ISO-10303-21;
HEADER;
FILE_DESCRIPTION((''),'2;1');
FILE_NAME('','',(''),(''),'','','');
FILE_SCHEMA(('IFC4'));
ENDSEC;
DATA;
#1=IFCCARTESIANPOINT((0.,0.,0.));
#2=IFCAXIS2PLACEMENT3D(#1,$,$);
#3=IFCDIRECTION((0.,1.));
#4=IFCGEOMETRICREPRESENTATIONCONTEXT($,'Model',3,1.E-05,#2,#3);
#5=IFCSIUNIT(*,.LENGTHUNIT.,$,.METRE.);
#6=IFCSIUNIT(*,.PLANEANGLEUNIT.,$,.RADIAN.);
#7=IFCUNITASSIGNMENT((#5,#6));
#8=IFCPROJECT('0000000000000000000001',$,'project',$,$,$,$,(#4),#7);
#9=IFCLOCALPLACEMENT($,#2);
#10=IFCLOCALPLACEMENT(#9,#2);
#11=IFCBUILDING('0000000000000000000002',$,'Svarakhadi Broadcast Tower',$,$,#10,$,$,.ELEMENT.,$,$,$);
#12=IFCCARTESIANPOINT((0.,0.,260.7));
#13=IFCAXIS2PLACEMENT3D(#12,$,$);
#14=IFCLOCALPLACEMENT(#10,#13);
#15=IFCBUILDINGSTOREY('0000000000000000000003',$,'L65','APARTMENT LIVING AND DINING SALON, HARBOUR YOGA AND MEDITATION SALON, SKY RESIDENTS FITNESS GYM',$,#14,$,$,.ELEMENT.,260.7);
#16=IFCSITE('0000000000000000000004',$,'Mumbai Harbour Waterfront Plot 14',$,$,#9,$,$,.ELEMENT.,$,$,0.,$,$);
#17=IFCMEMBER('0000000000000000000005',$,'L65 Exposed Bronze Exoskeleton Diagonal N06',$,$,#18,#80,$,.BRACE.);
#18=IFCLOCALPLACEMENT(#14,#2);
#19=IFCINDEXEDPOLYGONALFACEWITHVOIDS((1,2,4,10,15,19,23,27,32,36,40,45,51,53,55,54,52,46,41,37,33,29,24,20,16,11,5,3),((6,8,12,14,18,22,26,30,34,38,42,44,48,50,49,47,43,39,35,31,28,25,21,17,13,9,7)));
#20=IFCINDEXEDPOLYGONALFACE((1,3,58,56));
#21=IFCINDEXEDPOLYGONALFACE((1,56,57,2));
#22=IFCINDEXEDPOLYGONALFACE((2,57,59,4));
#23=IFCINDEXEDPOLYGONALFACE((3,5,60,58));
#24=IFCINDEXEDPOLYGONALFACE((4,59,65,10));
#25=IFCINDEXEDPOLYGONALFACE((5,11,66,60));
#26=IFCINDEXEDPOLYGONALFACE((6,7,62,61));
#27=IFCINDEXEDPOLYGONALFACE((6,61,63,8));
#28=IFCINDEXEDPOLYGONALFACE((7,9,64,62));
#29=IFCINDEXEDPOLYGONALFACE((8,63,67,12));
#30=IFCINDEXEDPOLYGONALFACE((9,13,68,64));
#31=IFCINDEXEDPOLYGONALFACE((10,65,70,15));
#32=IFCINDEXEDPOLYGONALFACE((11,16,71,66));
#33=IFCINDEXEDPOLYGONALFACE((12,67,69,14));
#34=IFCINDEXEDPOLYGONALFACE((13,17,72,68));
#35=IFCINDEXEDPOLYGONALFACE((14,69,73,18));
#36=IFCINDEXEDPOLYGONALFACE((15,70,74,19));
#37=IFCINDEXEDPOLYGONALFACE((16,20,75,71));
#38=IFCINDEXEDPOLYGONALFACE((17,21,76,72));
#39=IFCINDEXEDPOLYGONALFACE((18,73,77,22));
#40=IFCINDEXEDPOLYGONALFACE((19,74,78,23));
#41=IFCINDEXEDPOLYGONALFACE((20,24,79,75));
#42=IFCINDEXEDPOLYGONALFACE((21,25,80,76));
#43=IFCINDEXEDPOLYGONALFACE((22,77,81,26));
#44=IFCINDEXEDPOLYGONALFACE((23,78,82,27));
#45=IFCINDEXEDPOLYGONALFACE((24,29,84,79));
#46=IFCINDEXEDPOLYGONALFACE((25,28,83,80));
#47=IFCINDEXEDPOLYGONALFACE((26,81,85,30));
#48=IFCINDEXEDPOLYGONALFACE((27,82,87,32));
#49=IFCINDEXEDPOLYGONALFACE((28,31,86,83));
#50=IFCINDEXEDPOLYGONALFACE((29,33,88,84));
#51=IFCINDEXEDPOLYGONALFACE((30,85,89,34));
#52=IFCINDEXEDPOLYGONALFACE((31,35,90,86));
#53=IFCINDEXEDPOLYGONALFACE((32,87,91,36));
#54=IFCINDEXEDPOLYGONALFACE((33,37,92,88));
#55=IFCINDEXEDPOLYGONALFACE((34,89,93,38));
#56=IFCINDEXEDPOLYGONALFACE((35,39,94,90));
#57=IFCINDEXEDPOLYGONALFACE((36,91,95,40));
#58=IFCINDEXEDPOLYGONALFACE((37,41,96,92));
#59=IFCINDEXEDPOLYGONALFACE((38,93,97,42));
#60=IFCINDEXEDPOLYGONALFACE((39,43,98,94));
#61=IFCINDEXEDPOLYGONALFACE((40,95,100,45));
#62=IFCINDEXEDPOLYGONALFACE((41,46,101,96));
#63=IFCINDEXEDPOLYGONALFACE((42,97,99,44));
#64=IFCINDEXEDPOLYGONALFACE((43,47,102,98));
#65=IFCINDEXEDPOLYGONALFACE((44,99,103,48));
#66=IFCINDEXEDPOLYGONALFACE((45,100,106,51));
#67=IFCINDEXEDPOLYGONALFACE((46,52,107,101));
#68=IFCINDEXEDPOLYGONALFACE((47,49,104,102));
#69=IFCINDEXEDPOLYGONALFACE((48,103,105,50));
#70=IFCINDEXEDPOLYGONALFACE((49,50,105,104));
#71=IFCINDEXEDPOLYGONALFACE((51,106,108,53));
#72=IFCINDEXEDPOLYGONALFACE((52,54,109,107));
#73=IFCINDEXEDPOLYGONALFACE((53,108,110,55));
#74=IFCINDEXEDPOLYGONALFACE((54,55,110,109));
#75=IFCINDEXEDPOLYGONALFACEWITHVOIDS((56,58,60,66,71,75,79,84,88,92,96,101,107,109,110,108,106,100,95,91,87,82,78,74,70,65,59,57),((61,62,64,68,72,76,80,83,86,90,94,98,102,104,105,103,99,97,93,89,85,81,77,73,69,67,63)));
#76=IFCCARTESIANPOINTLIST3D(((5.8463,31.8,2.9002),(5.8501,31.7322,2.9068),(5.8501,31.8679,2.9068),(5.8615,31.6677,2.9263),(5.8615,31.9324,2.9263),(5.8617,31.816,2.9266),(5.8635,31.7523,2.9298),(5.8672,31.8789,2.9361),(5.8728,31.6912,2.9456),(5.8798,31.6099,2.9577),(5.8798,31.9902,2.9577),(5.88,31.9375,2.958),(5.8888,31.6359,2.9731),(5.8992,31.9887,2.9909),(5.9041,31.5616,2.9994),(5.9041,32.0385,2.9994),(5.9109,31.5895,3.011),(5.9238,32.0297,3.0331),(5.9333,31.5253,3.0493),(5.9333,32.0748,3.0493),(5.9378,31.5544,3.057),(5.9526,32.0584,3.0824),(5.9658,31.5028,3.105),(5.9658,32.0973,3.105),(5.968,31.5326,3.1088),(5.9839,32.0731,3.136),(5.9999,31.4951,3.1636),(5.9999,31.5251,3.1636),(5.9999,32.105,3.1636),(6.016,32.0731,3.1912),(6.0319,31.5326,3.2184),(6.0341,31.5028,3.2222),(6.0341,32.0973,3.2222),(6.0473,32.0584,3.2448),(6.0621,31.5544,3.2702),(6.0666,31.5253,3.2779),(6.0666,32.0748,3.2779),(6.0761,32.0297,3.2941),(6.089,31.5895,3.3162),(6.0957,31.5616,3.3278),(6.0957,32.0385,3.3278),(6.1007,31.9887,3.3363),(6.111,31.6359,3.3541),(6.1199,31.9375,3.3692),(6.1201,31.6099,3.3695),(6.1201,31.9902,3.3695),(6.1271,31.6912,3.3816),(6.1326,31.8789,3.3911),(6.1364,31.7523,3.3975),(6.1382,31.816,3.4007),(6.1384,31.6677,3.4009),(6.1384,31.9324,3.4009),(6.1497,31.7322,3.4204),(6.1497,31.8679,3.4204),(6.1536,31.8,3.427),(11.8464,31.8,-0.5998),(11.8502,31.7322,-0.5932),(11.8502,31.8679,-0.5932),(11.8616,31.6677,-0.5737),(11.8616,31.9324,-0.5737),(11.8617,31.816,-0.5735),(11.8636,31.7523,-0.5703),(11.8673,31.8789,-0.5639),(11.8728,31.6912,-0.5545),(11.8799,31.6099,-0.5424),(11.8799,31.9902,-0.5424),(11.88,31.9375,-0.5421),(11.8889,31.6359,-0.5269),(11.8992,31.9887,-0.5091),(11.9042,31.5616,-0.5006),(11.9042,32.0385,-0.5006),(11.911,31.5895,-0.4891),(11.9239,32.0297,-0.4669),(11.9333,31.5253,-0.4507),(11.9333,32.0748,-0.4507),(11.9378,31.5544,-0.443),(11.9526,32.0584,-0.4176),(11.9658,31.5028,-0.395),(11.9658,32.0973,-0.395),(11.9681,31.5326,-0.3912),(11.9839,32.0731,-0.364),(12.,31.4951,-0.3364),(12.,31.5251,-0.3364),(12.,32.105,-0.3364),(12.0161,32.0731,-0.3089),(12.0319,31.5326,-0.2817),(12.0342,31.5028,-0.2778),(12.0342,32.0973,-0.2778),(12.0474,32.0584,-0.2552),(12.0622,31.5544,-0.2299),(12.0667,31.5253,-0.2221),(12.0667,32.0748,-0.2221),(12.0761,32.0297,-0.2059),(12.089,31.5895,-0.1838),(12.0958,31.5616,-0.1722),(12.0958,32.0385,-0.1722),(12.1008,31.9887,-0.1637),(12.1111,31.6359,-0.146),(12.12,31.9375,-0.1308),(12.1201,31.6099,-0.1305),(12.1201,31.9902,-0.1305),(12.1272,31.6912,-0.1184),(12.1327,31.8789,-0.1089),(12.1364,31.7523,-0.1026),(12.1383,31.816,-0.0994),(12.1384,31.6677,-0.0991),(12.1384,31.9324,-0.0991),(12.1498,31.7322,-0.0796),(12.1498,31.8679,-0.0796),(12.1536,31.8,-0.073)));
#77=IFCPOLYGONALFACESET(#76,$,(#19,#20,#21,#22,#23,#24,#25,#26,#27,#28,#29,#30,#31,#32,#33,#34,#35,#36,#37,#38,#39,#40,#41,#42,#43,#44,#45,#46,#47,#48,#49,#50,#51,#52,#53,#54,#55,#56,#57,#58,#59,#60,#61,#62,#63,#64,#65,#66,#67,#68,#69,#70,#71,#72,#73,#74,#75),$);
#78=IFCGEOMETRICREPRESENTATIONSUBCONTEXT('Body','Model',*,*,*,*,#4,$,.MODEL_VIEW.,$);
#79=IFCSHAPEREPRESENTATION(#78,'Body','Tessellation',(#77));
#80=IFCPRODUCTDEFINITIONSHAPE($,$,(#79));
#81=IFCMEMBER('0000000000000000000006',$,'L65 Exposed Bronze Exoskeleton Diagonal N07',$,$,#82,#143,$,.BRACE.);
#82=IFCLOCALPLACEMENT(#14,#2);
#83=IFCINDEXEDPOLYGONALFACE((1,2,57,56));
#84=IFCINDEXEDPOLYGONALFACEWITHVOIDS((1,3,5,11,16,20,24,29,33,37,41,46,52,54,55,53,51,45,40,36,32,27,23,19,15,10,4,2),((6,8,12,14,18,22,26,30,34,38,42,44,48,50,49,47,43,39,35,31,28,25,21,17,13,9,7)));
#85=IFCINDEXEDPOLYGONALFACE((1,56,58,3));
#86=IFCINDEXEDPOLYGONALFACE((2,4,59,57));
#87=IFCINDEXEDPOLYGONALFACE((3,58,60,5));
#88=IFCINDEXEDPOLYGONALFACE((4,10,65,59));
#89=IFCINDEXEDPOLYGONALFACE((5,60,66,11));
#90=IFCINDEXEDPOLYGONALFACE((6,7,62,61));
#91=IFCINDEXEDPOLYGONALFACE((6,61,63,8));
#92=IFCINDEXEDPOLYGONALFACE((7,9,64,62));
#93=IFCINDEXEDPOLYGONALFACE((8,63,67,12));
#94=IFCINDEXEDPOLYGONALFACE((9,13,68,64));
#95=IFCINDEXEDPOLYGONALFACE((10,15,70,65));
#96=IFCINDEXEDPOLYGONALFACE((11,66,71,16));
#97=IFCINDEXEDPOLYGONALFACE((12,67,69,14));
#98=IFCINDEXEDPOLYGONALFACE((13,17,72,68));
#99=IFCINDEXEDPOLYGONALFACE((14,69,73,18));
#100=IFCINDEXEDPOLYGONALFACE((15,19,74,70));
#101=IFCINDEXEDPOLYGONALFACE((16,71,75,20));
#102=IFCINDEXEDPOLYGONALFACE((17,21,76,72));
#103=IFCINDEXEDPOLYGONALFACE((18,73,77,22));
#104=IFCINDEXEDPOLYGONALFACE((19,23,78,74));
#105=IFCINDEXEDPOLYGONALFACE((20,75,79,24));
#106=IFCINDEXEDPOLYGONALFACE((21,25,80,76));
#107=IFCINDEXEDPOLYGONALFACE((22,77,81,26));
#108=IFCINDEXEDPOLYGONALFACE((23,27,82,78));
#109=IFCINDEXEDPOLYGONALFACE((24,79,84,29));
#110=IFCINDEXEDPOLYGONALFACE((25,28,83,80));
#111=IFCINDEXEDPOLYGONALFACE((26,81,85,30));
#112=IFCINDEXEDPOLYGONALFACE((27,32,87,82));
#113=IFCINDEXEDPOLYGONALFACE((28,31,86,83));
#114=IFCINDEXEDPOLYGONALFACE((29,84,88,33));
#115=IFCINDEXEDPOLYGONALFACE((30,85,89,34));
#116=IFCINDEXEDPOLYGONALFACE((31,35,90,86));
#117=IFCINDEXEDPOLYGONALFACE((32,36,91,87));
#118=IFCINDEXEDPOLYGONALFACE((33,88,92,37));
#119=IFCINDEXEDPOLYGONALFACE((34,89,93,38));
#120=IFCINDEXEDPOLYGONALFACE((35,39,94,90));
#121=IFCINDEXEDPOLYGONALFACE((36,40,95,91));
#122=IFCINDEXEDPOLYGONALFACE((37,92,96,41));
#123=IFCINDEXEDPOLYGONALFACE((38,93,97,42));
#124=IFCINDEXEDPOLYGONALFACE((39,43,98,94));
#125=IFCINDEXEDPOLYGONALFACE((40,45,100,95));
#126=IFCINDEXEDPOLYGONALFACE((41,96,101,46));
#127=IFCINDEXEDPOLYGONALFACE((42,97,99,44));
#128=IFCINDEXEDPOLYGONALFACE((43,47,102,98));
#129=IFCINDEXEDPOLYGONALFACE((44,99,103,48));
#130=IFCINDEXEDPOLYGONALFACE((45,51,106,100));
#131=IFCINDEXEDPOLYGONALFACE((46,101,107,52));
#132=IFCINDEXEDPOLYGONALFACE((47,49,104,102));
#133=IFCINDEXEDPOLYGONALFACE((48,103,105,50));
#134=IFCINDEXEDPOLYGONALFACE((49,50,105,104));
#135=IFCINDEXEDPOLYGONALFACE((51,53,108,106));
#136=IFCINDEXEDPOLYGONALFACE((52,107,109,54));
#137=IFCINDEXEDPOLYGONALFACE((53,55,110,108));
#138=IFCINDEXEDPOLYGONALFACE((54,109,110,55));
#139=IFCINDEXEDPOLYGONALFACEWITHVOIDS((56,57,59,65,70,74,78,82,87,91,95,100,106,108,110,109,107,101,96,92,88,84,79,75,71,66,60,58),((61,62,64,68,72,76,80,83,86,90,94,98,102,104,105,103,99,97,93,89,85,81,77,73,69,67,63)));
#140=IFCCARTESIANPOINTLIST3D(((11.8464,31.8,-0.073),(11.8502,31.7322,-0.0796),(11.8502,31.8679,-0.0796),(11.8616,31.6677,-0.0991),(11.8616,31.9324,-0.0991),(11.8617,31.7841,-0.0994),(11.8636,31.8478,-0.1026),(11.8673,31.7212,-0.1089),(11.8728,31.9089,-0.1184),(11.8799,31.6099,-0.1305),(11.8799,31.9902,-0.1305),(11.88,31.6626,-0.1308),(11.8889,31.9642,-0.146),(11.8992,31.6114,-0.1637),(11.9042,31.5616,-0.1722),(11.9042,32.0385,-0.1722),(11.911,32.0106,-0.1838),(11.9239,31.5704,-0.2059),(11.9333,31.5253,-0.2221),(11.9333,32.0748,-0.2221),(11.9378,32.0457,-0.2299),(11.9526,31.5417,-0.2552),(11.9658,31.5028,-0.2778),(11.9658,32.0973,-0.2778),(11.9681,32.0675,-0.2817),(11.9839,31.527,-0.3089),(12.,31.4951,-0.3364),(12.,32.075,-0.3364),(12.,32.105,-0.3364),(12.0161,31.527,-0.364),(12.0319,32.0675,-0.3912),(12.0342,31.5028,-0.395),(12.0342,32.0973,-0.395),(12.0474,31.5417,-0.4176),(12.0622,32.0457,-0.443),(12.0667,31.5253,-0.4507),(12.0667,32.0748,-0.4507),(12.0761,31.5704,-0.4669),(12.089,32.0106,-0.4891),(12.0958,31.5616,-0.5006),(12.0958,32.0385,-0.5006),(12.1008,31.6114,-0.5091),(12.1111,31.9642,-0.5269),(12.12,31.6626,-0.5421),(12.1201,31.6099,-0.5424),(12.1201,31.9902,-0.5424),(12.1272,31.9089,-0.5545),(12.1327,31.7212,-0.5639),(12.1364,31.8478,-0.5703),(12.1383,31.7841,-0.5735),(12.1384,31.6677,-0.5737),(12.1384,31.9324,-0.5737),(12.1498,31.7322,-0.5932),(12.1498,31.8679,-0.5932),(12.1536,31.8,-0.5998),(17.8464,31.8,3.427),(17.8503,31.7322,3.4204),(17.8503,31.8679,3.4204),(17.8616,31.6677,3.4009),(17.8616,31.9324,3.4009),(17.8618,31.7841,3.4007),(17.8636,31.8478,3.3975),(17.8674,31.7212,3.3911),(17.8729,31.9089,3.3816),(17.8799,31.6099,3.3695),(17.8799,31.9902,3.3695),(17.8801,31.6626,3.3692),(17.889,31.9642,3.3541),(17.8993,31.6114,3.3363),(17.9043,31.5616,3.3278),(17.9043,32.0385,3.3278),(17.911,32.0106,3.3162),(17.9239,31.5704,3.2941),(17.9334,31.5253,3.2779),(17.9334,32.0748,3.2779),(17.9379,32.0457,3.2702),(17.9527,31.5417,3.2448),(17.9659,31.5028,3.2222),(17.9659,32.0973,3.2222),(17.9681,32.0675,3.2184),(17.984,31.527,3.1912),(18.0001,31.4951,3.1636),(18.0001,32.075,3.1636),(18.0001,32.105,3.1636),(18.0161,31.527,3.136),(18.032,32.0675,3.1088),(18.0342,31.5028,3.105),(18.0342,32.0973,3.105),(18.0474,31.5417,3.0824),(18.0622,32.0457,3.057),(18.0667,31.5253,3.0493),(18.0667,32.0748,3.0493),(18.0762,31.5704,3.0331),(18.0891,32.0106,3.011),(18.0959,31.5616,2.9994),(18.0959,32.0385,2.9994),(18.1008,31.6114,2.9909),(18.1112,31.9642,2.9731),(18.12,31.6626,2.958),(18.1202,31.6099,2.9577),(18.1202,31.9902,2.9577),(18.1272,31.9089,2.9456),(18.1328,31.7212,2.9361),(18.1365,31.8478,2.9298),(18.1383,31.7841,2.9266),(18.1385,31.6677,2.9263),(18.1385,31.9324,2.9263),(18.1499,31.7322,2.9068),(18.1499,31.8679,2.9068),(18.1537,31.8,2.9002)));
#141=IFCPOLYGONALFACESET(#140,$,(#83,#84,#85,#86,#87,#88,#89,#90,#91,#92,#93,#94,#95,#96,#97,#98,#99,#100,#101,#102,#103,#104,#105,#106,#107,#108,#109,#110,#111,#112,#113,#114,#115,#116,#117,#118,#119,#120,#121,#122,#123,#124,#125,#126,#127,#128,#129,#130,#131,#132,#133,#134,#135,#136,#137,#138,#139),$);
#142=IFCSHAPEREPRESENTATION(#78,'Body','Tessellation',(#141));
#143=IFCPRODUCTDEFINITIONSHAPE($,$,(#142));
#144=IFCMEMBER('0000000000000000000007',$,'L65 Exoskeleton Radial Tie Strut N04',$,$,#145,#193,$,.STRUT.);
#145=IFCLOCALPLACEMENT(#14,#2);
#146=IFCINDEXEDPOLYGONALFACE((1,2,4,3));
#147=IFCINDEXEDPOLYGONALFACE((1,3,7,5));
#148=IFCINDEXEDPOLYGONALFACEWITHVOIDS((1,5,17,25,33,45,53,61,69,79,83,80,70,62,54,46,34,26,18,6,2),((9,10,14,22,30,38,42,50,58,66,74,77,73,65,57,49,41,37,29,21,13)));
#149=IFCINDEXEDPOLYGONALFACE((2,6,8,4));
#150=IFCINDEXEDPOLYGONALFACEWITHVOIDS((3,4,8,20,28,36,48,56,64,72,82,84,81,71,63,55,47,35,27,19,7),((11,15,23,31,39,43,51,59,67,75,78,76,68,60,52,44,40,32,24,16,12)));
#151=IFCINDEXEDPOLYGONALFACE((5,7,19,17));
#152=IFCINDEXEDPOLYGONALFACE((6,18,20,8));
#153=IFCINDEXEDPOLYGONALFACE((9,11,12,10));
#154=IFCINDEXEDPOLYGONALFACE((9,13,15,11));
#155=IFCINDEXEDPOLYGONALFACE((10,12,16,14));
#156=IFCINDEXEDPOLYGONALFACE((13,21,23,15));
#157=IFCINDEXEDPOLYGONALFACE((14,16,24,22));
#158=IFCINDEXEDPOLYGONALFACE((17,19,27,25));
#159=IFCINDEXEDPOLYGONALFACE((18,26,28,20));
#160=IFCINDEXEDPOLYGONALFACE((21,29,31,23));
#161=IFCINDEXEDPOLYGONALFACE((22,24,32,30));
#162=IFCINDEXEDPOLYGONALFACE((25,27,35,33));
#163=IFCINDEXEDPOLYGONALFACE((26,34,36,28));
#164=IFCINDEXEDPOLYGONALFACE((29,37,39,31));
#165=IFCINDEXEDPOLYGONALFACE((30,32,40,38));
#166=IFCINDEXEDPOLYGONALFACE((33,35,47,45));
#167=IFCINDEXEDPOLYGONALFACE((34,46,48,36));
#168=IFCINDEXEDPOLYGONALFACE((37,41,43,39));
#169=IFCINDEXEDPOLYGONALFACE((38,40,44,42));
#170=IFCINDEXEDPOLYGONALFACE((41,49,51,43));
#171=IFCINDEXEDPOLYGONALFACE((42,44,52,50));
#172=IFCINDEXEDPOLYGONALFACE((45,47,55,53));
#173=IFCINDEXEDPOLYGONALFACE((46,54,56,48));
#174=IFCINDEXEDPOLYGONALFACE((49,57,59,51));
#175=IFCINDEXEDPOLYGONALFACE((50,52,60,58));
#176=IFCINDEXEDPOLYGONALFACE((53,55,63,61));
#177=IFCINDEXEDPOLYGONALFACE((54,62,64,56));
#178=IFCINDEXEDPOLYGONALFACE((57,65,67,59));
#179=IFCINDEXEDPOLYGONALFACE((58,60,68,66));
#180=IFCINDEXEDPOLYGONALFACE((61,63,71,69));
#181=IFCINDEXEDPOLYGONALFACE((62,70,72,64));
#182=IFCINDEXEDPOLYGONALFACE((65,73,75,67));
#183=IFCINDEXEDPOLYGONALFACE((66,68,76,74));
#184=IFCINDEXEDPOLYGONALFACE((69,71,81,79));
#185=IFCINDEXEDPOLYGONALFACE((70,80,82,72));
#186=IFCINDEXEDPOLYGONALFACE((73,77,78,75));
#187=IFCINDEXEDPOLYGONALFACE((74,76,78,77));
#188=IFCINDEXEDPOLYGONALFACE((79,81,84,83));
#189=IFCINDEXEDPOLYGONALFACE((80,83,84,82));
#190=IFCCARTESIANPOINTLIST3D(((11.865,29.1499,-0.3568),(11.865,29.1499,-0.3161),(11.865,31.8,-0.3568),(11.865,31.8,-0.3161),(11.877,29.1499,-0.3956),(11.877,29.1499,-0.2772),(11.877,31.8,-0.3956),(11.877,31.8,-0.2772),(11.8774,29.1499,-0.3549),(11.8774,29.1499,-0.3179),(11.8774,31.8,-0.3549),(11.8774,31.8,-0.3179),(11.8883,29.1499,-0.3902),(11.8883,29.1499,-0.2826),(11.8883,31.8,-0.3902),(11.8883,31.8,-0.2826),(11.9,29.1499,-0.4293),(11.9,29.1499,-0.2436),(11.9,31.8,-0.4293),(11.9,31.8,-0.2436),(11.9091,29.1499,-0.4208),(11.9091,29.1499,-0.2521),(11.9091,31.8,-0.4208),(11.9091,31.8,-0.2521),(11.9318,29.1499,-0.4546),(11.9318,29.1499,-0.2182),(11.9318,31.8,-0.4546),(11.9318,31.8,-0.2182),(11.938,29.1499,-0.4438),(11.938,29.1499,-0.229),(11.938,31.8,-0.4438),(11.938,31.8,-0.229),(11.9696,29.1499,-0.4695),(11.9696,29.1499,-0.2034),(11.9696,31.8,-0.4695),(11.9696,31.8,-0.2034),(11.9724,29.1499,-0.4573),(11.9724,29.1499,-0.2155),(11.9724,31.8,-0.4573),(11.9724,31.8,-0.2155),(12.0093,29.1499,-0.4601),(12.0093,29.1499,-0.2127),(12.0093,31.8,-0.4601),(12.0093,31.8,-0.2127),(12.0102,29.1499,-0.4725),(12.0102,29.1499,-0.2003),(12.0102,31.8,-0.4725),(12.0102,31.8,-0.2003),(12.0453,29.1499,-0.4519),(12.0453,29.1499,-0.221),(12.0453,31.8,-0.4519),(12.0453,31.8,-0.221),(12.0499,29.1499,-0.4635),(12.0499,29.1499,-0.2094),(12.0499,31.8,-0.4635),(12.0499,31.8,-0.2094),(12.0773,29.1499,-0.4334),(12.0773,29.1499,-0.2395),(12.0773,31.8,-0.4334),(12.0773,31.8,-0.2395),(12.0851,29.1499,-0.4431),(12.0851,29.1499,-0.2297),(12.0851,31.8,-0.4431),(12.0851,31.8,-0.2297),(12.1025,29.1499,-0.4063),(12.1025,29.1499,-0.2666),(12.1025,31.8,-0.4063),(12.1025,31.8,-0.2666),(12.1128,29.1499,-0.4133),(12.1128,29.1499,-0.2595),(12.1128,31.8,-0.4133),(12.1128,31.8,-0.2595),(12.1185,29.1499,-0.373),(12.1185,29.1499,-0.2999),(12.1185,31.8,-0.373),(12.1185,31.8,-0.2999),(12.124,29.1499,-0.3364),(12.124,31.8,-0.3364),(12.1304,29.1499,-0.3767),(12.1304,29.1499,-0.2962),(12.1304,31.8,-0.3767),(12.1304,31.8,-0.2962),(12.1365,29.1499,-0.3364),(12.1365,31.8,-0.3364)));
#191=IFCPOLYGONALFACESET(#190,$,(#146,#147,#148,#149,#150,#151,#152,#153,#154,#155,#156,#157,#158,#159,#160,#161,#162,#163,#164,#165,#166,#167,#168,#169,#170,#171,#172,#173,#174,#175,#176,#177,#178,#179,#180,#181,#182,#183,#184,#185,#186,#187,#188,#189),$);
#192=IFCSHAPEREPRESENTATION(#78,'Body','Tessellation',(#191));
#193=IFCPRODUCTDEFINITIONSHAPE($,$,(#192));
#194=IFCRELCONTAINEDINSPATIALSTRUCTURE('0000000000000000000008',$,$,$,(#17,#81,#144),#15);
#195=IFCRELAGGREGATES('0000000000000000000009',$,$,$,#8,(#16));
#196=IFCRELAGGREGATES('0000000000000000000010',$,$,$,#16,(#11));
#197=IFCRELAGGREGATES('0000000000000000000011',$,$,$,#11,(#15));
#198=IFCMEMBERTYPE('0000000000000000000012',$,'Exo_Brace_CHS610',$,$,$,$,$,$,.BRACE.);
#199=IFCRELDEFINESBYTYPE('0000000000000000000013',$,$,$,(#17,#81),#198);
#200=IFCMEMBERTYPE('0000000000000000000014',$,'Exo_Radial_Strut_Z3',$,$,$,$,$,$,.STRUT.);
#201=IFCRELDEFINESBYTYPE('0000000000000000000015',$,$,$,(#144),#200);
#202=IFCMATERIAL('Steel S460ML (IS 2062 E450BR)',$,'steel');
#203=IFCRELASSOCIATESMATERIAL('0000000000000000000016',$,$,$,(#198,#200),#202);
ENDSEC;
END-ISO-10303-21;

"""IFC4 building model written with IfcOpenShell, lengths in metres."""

from ifc_helpers import new_model, si_unit, direction, frame, origin, origin_2d, place, context, subcontext, project, spatial, hollow_circle, extrude, material, material_profile, profile_set, type_object, element, save


model = new_model("IFC4")

# Units and contexts
model_context = context("Model", 3, precision=1e-05, world=origin(), true_north=direction((0.0, 1.0)))
body_context = subcontext(model_context, "Body", "Model", "MODEL_VIEW")
ifc_project = project(units=[si_unit("LENGTHUNIT", "METRE"), si_unit("PLANEANGLEUNIT", "RADIAN")], contexts=[model_context])

# Site, building, storey
site_placement = place(None, origin())
site = spatial("IfcSite", under=ifc_project, at=site_placement, Name="Mumbai Harbour Waterfront Plot 14", CompositionType="ELEMENT", RefElevation=0.0)
building_placement = place(site_placement, origin())
building = spatial("IfcBuilding", under=site, at=building_placement, Name="Svarakhadi Broadcast Tower", CompositionType="ELEMENT")
storey_placement = place(building_placement, frame((0.0, 0.0, 260.7)))
storey = spatial("IfcBuildingStorey", under=building, at=storey_placement, Name="L65", Description="APARTMENT LIVING AND DINING SALON, HARBOUR YOGA AND MEDITATION SALON, SKY RESIDENTS FITNESS GYM", CompositionType="ELEMENT", Elevation=260.7)

# Shared definitions
ifc_material_1 = material(Name="Steel S460ML (IS 2062 E450BR)", Category="steel")

# Members
ifc_material_profile_1 = material_profile(ifc_material_1, hollow_circle(Radius=0.3049, WallThickness=0.03, at=origin_2d()), Name="CHS 610x30")
ifc_profile_set_1 = profile_set([ifc_material_profile_1], Name="Steel S460ML (IS 2062 E450BR)")
member_type_1 = type_object("IfcMemberType", Name="Exo_Brace_CHS610", PredefinedType="BRACE", material=ifc_profile_set_1)
for number, where, z_axis, x_axis, name in (
    (1, (12.0, 31.8, -0.3364), (-0.863779, 0.0, 0.503871), (0.0, -1.0, 0.0), "L65 Exposed Bronze Exoskeleton Diagonal N06"),
    (2, (12.0, 31.8, -0.3364), (0.863779, 0.0, 0.503871), (0.0, 1.0, 0.0), "L65 Exposed Bronze Exoskeleton Diagonal N07"),
):
    element("IfcMember", number, at=place(storey_placement, frame(where, z_axis=z_axis, x_axis=x_axis)), inside=storey, type_object=member_type_1, Name=name, PredefinedType="BRACE", context=body_context, shape_type="SweptSolid", body=[
        extrude(hollow_circle(Radius=0.3049, WallThickness=0.03, at=origin_2d()), origin(), (0.0, 0.0, 1.0), 6.9463),
    ])
ifc_material_profile_2 = material_profile(ifc_material_1, hollow_circle(Radius=0.1365, WallThickness=0.0125, at=origin_2d()), Name="CHS 273x12.5")
ifc_profile_set_2 = profile_set([ifc_material_profile_2], Name="Steel S460ML (IS 2062 E450BR)")
member_type_2 = type_object("IfcMemberType", Name="Exo_Radial_Strut_Z3", PredefinedType="STRUT", material=ifc_profile_set_2)
member_1_placement = place(storey_placement, frame((12.0, 31.8, -0.3364), z_axis=(0.0, -1.0, 0.0), x_axis=(1.0, 0.0, 0.0)))
element("IfcMember", 3, at=member_1_placement, inside=storey, type_object=member_type_2, Name="L65 Exoskeleton Radial Tie Strut N04", PredefinedType="STRUT", context=body_context, shape_type="SweptSolid", body=[
    extrude(hollow_circle(Radius=0.1365, WallThickness=0.0125, at=origin_2d()), origin(), (0.0, 0.0, 1.0), 2.6501),
])

save(model, "model.ifc")
